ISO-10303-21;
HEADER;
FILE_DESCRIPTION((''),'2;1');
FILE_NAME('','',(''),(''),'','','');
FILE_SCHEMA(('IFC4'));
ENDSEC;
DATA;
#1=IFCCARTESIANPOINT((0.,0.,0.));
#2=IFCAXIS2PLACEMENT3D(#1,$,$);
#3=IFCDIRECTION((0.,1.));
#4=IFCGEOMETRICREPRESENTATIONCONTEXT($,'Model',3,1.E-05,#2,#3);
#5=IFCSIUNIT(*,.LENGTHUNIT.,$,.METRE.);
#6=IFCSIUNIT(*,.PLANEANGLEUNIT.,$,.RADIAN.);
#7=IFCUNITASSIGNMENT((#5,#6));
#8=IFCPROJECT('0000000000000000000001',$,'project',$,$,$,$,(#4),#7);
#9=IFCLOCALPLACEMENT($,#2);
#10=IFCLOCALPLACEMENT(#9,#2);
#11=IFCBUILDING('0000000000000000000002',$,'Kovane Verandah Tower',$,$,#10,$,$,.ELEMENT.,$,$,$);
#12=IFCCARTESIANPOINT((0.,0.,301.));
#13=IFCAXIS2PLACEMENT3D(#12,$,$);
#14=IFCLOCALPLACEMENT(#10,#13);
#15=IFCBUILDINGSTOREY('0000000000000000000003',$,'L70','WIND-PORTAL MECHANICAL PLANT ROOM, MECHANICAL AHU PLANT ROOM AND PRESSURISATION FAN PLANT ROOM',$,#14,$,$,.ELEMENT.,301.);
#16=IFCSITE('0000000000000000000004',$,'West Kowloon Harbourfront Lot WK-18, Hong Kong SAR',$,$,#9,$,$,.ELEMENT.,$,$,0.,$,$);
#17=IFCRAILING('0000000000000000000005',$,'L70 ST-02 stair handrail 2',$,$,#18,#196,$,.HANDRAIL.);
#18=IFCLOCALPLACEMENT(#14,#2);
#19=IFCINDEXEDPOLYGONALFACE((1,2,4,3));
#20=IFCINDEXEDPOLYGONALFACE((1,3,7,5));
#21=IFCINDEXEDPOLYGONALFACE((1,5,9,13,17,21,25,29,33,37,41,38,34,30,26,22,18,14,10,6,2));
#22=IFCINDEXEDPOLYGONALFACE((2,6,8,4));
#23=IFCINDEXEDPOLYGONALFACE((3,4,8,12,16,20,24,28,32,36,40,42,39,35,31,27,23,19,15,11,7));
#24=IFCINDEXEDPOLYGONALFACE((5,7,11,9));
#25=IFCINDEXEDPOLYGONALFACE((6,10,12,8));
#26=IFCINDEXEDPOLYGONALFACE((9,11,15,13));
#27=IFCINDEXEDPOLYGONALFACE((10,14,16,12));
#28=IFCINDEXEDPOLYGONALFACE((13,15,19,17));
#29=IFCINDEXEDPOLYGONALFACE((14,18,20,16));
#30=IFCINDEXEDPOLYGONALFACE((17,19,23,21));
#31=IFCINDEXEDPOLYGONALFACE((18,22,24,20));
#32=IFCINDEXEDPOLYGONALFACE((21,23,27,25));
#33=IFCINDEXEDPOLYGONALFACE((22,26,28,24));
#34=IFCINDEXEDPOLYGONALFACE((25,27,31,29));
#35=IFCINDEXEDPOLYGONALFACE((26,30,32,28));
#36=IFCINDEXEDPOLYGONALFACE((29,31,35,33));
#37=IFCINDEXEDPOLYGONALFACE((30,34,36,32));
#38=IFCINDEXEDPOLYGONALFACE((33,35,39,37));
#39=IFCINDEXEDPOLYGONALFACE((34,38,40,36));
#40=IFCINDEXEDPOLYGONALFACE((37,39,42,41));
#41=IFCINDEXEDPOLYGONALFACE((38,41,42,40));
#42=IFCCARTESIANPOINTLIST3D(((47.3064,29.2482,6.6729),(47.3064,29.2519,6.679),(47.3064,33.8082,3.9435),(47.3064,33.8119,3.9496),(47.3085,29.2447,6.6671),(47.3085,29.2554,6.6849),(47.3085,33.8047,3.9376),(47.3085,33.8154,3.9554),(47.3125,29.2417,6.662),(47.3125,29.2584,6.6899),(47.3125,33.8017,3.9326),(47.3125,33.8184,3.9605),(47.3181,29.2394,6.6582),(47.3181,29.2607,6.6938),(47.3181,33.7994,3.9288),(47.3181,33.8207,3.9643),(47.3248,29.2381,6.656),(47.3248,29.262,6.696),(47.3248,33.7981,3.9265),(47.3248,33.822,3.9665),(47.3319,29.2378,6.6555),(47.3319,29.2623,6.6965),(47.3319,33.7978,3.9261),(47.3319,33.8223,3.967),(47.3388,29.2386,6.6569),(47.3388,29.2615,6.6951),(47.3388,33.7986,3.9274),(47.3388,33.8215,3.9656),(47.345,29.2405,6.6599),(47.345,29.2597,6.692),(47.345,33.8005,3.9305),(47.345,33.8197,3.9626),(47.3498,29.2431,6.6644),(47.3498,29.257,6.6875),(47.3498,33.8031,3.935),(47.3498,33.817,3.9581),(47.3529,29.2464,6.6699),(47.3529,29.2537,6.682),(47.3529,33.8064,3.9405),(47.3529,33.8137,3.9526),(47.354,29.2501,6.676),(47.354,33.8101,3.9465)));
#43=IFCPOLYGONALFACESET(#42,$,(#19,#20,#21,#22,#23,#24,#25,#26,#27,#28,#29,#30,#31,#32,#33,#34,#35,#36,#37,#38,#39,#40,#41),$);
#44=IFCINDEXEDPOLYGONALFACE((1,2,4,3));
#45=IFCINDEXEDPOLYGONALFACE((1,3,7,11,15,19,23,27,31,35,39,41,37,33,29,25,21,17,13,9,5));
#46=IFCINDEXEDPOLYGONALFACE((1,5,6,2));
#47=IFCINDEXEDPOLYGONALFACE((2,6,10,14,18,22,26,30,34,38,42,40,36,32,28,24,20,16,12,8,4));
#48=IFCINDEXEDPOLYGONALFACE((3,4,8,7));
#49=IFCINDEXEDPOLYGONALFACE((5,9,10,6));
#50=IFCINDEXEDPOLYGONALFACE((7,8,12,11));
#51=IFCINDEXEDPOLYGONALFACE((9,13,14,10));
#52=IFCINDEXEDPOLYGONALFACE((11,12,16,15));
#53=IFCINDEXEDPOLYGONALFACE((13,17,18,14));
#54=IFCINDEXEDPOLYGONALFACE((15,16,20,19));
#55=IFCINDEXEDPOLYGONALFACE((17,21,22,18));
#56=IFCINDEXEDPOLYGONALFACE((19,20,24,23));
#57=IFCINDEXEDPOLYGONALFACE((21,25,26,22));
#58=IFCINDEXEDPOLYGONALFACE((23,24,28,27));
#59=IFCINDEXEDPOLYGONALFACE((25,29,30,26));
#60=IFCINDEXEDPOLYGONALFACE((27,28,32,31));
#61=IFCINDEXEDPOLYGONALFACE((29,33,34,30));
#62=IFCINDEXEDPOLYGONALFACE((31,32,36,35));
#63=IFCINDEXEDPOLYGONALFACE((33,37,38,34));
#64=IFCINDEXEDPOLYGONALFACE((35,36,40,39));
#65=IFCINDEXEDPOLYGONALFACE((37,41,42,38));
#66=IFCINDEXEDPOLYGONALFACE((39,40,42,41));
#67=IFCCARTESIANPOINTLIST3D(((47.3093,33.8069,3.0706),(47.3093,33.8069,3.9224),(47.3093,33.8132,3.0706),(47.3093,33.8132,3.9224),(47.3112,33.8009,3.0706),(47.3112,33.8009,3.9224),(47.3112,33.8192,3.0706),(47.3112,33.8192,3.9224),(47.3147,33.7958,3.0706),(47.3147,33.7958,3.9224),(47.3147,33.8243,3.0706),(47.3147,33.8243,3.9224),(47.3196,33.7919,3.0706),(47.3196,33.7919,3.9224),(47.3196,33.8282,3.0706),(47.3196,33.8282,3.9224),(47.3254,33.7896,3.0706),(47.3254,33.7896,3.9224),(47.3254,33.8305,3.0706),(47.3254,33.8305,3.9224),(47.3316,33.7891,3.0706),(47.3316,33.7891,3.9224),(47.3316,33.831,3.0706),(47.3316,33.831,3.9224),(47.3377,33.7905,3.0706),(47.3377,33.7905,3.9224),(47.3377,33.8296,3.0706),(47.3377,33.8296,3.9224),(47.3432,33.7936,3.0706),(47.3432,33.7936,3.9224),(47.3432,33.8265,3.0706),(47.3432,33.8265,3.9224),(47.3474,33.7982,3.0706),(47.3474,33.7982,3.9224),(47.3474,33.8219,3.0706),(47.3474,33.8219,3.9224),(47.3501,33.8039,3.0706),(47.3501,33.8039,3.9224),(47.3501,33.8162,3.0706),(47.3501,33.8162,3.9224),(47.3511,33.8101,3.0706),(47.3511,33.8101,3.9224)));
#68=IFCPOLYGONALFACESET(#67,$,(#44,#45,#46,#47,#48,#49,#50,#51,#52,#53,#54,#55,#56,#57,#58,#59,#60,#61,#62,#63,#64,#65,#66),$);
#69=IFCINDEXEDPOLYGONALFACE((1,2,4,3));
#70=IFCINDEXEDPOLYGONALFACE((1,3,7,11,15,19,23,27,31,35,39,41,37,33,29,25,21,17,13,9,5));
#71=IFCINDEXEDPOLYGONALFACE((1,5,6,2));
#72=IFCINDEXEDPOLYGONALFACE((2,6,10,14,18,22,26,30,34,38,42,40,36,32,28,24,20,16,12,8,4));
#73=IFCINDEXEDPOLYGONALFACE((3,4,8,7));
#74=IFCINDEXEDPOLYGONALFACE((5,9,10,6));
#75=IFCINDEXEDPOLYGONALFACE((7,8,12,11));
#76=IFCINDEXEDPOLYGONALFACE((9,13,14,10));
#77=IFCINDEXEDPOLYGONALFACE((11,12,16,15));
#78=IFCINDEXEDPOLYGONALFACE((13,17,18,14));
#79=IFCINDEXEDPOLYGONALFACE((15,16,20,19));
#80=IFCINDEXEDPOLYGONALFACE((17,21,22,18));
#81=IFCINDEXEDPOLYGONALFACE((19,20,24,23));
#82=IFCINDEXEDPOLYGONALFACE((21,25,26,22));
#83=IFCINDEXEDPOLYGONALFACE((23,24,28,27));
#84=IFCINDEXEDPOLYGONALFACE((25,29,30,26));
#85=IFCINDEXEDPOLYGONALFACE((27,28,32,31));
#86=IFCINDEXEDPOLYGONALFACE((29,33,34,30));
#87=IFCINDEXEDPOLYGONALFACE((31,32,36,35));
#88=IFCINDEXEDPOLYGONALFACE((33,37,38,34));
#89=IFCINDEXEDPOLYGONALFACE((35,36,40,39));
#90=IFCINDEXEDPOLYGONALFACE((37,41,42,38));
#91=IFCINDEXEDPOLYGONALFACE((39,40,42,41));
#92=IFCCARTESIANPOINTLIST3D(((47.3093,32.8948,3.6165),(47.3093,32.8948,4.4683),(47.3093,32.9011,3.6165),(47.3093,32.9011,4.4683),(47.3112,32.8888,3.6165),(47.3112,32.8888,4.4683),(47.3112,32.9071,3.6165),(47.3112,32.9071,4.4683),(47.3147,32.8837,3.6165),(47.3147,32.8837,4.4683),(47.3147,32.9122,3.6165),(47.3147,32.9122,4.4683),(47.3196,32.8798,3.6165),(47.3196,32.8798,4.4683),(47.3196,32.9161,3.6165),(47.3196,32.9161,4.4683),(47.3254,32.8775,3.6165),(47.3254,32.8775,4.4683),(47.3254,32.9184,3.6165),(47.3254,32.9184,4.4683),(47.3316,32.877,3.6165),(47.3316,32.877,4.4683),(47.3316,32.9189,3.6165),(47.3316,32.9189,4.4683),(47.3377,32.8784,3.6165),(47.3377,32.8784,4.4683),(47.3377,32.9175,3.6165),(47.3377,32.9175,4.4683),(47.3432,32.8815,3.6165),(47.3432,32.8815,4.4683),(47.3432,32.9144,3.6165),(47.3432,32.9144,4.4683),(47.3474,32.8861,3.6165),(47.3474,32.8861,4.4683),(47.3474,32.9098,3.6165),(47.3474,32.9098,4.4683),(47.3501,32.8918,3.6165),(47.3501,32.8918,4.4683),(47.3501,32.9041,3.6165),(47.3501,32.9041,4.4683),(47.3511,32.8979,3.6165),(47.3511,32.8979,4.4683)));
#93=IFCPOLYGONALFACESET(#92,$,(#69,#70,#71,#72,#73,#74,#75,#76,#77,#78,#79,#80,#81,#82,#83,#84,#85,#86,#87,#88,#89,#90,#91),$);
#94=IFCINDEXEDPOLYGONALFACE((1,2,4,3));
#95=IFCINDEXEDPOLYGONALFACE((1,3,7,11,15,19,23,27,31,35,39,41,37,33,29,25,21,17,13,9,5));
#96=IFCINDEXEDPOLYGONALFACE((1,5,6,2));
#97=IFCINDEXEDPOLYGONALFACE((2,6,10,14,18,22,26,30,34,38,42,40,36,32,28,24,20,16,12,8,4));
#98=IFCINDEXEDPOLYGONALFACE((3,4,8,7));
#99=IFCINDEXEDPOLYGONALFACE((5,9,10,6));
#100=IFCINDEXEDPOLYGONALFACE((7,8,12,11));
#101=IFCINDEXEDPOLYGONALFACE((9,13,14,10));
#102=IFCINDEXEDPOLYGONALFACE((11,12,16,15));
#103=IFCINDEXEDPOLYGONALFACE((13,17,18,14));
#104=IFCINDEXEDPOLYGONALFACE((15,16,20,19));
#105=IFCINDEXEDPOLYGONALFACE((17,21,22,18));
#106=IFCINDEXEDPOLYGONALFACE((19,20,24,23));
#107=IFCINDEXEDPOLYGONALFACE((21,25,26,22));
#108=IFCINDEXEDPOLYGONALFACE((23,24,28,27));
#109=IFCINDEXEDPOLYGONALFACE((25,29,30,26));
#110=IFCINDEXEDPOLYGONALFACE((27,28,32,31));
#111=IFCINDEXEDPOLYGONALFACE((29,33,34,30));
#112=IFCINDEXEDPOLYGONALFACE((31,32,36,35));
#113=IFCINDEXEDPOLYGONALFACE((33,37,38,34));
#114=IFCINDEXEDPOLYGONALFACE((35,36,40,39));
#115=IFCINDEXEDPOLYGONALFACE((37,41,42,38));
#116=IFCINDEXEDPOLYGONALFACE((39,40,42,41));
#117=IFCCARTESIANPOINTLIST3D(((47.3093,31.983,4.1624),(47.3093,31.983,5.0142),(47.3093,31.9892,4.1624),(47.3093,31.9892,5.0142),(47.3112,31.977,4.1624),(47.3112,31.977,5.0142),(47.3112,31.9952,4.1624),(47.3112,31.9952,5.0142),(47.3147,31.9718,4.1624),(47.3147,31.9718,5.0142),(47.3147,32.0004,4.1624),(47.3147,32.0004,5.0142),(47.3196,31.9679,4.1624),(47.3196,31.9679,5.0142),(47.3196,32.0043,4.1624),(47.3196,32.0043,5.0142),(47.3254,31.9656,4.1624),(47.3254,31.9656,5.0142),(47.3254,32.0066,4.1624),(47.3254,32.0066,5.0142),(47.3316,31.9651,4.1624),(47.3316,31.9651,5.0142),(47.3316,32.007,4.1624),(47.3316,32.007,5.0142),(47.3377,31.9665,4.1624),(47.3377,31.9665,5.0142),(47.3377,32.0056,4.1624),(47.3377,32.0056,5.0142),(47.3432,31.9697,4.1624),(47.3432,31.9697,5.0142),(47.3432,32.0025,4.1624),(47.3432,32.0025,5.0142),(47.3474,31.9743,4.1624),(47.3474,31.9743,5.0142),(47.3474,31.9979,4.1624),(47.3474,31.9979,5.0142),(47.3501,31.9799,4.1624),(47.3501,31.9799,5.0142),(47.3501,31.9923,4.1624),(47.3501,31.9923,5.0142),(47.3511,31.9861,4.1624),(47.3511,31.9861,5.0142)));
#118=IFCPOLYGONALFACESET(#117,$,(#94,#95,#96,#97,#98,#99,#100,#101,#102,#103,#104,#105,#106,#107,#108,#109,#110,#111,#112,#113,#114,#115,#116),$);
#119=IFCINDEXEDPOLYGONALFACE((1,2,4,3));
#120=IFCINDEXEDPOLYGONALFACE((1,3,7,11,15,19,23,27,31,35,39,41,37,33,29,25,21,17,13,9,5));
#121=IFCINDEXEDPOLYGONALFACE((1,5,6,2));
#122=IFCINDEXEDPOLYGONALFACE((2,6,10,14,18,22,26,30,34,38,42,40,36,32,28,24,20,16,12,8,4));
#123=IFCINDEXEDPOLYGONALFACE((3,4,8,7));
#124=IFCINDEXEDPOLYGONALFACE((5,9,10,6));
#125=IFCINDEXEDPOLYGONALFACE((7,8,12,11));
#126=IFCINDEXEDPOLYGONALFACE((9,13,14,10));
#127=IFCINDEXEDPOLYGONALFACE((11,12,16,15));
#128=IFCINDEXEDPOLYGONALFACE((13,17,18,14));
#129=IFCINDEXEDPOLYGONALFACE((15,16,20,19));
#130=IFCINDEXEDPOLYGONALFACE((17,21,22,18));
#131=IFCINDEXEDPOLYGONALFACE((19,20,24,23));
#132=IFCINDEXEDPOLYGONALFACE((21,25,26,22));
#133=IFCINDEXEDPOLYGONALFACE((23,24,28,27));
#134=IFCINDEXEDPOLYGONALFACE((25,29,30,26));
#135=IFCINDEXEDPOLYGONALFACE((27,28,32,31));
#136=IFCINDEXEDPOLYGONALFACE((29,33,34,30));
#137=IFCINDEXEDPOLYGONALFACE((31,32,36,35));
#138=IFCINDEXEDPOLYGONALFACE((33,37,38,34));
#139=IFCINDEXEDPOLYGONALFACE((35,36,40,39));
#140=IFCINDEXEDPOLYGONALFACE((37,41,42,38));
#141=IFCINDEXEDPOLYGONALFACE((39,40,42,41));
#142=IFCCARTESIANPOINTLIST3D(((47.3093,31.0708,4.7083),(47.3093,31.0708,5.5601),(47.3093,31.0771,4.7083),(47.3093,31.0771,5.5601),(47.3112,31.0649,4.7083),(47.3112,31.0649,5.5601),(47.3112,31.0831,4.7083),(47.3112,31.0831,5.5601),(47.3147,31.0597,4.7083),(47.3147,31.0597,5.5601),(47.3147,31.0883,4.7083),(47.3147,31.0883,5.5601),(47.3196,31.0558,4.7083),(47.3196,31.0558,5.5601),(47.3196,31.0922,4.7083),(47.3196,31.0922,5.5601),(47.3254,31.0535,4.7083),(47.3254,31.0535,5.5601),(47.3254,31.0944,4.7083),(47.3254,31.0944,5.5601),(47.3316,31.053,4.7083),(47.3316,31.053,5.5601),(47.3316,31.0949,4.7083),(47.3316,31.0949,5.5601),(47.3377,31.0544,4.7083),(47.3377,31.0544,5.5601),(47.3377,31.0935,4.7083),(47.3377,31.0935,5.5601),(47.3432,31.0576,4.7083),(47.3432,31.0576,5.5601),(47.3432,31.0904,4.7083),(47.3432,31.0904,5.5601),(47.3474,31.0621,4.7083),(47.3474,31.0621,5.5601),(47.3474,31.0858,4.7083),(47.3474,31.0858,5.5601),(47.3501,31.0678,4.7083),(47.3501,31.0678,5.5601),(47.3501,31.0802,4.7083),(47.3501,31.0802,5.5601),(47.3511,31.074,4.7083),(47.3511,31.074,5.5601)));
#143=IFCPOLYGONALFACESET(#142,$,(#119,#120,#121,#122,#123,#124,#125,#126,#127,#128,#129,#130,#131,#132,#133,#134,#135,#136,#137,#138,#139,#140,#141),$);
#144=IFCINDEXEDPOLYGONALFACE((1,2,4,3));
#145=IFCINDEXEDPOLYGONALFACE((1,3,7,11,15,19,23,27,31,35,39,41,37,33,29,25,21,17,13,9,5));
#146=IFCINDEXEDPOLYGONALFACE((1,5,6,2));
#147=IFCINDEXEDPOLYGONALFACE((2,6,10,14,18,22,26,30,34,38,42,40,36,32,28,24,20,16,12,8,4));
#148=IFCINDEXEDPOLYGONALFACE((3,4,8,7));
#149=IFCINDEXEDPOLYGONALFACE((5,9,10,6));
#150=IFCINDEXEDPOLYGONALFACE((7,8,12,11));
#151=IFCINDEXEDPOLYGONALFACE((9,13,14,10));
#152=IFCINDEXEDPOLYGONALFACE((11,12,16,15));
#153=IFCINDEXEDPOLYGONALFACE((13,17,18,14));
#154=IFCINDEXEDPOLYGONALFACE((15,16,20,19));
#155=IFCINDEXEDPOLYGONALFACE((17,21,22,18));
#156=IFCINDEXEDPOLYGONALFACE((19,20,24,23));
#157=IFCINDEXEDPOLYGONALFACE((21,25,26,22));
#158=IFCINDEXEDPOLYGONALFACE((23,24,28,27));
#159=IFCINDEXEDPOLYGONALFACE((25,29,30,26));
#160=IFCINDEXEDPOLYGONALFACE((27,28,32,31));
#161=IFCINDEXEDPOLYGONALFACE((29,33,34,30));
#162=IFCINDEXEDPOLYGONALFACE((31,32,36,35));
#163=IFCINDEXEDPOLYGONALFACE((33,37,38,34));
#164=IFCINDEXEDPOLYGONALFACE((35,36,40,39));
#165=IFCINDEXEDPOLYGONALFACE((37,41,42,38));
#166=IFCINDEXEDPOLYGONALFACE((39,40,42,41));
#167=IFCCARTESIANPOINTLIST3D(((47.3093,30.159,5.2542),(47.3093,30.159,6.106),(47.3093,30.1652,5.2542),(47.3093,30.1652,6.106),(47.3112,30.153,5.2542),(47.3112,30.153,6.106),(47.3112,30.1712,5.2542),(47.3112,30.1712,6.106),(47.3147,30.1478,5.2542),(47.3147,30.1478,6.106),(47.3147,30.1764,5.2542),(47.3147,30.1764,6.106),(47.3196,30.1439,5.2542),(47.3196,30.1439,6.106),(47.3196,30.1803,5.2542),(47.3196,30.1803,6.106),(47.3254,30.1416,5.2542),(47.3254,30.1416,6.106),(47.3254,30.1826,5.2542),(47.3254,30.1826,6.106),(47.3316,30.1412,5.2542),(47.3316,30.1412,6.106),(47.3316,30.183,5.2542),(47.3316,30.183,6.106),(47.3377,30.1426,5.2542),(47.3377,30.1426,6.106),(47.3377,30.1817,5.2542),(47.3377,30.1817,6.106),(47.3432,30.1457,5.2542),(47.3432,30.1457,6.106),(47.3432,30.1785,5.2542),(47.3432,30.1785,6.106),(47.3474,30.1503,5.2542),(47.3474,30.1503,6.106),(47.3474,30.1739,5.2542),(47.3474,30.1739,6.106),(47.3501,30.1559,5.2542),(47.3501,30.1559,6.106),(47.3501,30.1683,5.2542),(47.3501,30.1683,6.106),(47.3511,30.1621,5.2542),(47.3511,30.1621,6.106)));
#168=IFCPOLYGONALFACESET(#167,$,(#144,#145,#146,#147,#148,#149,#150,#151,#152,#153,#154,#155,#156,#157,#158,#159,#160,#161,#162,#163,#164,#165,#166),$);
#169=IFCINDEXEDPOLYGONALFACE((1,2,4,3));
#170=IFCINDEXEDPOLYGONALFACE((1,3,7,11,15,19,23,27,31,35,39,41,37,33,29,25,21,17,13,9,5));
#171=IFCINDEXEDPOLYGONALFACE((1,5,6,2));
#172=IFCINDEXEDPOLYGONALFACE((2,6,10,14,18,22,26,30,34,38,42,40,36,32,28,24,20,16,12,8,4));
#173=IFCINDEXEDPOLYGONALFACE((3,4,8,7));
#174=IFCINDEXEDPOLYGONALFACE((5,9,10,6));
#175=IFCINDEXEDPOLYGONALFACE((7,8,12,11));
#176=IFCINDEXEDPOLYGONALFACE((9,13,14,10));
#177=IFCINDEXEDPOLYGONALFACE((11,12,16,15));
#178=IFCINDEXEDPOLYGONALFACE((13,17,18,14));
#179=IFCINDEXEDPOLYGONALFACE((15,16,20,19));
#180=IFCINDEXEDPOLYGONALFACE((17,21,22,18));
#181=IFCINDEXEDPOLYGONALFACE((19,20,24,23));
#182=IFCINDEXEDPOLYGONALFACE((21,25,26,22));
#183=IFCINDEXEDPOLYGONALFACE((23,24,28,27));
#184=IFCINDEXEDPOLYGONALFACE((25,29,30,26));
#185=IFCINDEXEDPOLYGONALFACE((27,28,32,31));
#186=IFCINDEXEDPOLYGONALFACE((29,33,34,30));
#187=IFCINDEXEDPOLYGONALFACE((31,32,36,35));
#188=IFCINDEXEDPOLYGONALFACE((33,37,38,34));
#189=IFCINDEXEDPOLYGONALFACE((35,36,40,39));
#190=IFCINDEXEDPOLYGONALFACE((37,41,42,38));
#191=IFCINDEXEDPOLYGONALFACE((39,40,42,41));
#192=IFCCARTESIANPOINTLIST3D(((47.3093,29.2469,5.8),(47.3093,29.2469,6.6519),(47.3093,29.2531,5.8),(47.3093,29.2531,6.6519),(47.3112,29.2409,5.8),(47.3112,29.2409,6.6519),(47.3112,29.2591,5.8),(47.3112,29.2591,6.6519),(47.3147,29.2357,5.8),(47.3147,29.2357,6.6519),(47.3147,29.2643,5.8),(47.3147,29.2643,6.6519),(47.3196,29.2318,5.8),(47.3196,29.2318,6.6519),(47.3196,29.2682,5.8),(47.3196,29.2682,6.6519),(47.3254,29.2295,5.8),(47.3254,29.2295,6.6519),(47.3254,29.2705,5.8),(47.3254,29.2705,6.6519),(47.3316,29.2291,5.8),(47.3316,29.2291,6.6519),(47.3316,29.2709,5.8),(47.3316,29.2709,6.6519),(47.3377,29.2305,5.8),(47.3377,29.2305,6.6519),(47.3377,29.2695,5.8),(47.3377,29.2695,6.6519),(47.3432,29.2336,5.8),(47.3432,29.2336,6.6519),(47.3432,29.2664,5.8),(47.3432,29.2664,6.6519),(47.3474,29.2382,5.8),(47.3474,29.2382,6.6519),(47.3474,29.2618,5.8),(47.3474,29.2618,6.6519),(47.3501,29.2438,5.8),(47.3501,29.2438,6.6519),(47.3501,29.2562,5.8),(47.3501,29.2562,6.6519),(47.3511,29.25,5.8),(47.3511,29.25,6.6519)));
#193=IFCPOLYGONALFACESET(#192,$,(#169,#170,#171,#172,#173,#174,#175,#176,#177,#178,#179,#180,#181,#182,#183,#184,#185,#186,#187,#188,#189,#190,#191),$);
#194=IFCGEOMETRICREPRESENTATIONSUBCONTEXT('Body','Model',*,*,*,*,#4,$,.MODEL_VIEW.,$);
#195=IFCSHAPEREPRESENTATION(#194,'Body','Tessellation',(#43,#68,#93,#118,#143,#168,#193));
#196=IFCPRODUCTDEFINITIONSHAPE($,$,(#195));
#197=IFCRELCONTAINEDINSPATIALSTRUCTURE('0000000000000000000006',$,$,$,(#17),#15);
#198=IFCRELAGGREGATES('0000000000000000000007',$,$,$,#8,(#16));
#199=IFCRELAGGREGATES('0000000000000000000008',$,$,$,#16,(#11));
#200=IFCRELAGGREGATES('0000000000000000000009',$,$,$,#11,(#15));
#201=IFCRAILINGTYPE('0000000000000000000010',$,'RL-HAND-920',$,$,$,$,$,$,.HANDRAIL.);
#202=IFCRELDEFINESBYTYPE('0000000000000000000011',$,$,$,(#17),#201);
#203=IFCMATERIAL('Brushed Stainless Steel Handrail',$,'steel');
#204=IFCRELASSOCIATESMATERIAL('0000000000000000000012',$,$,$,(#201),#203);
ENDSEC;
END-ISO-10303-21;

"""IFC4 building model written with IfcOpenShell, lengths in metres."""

from ifc_helpers import new_model, si_unit, direction, frame, origin, origin_2d, place, context, subcontext, project, spatial, circle, extrude, material, type_object, element, save


model = new_model("IFC4")

# Units and contexts
model_context = context("Model", 3, precision=1e-05, world=origin(), true_north=direction((0.0, 1.0)))
body_context = subcontext(model_context, "Body", "Model", "MODEL_VIEW")
ifc_project = project(units=[si_unit("LENGTHUNIT", "METRE"), si_unit("PLANEANGLEUNIT", "RADIAN")], contexts=[model_context])

# Site, building, storey
site_placement = place(None, origin())
site = spatial("IfcSite", under=ifc_project, at=site_placement, Name="West Kowloon Harbourfront Lot WK-18, Hong Kong SAR", CompositionType="ELEMENT", RefElevation=0.0)
building_placement = place(site_placement, origin())
building = spatial("IfcBuilding", under=site, at=building_placement, Name="Kovane Verandah Tower", CompositionType="ELEMENT")
storey_placement = place(building_placement, frame((0.0, 0.0, 301.0)))
storey = spatial("IfcBuildingStorey", under=building, at=storey_placement, Name="L70", Description="WIND-PORTAL MECHANICAL PLANT ROOM, MECHANICAL AHU PLANT ROOM AND PRESSURISATION FAN PLANT ROOM", CompositionType="ELEMENT", Elevation=301.0)

# Railing
ifc_material_1 = material(Name="Brushed Stainless Steel Handrail", Category="steel")
railing_type_1 = type_object("IfcRailingType", Name="RL-HAND-920", PredefinedType="HANDRAIL", material=ifc_material_1)
railing_1_placement = place(storey_placement, frame((47.3301, 33.8101, 3.0706)))
element("IfcRailing", 1, at=railing_1_placement, inside=storey, type_object=railing_type_1, Name="L70 ST-02 stair handrail 2", PredefinedType="HANDRAIL", context=body_context, shape_type="SweptSolid", body=[
    extrude(circle(Radius=0.0239, at=origin_2d()), frame((0.0, 0.0, 0.876), z_axis=(0.0, -0.858036, 0.51359), x_axis=(1.0, 0.0, 0.0)), (0.0, 0.0, 1.0), 5.3145),
    extrude(circle(Radius=0.021, at=origin_2d()), origin(), (0.0, 0.0, 1.0), 0.8518),
    extrude(circle(Radius=0.021, at=origin_2d()), frame((0.0, -0.9121, 0.5459)), (0.0, 0.0, 1.0), 0.8518),
    extrude(circle(Radius=0.021, at=origin_2d()), frame((0.0, -1.824, 1.0918)), (0.0, 0.0, 1.0), 0.8518),
    extrude(circle(Radius=0.021, at=origin_2d()), frame((0.0, -2.7361, 1.6377)), (0.0, 0.0, 1.0), 0.8518),
    extrude(circle(Radius=0.021, at=origin_2d()), frame((0.0, -3.6479, 2.1836)), (0.0, 0.0, 1.0), 0.8518),
    extrude(circle(Radius=0.021, at=origin_2d()), frame((0.0, -4.5601, 2.7295)), (0.0, 0.0, 1.0), 0.8518),
])

save(model, "model.ifc")
